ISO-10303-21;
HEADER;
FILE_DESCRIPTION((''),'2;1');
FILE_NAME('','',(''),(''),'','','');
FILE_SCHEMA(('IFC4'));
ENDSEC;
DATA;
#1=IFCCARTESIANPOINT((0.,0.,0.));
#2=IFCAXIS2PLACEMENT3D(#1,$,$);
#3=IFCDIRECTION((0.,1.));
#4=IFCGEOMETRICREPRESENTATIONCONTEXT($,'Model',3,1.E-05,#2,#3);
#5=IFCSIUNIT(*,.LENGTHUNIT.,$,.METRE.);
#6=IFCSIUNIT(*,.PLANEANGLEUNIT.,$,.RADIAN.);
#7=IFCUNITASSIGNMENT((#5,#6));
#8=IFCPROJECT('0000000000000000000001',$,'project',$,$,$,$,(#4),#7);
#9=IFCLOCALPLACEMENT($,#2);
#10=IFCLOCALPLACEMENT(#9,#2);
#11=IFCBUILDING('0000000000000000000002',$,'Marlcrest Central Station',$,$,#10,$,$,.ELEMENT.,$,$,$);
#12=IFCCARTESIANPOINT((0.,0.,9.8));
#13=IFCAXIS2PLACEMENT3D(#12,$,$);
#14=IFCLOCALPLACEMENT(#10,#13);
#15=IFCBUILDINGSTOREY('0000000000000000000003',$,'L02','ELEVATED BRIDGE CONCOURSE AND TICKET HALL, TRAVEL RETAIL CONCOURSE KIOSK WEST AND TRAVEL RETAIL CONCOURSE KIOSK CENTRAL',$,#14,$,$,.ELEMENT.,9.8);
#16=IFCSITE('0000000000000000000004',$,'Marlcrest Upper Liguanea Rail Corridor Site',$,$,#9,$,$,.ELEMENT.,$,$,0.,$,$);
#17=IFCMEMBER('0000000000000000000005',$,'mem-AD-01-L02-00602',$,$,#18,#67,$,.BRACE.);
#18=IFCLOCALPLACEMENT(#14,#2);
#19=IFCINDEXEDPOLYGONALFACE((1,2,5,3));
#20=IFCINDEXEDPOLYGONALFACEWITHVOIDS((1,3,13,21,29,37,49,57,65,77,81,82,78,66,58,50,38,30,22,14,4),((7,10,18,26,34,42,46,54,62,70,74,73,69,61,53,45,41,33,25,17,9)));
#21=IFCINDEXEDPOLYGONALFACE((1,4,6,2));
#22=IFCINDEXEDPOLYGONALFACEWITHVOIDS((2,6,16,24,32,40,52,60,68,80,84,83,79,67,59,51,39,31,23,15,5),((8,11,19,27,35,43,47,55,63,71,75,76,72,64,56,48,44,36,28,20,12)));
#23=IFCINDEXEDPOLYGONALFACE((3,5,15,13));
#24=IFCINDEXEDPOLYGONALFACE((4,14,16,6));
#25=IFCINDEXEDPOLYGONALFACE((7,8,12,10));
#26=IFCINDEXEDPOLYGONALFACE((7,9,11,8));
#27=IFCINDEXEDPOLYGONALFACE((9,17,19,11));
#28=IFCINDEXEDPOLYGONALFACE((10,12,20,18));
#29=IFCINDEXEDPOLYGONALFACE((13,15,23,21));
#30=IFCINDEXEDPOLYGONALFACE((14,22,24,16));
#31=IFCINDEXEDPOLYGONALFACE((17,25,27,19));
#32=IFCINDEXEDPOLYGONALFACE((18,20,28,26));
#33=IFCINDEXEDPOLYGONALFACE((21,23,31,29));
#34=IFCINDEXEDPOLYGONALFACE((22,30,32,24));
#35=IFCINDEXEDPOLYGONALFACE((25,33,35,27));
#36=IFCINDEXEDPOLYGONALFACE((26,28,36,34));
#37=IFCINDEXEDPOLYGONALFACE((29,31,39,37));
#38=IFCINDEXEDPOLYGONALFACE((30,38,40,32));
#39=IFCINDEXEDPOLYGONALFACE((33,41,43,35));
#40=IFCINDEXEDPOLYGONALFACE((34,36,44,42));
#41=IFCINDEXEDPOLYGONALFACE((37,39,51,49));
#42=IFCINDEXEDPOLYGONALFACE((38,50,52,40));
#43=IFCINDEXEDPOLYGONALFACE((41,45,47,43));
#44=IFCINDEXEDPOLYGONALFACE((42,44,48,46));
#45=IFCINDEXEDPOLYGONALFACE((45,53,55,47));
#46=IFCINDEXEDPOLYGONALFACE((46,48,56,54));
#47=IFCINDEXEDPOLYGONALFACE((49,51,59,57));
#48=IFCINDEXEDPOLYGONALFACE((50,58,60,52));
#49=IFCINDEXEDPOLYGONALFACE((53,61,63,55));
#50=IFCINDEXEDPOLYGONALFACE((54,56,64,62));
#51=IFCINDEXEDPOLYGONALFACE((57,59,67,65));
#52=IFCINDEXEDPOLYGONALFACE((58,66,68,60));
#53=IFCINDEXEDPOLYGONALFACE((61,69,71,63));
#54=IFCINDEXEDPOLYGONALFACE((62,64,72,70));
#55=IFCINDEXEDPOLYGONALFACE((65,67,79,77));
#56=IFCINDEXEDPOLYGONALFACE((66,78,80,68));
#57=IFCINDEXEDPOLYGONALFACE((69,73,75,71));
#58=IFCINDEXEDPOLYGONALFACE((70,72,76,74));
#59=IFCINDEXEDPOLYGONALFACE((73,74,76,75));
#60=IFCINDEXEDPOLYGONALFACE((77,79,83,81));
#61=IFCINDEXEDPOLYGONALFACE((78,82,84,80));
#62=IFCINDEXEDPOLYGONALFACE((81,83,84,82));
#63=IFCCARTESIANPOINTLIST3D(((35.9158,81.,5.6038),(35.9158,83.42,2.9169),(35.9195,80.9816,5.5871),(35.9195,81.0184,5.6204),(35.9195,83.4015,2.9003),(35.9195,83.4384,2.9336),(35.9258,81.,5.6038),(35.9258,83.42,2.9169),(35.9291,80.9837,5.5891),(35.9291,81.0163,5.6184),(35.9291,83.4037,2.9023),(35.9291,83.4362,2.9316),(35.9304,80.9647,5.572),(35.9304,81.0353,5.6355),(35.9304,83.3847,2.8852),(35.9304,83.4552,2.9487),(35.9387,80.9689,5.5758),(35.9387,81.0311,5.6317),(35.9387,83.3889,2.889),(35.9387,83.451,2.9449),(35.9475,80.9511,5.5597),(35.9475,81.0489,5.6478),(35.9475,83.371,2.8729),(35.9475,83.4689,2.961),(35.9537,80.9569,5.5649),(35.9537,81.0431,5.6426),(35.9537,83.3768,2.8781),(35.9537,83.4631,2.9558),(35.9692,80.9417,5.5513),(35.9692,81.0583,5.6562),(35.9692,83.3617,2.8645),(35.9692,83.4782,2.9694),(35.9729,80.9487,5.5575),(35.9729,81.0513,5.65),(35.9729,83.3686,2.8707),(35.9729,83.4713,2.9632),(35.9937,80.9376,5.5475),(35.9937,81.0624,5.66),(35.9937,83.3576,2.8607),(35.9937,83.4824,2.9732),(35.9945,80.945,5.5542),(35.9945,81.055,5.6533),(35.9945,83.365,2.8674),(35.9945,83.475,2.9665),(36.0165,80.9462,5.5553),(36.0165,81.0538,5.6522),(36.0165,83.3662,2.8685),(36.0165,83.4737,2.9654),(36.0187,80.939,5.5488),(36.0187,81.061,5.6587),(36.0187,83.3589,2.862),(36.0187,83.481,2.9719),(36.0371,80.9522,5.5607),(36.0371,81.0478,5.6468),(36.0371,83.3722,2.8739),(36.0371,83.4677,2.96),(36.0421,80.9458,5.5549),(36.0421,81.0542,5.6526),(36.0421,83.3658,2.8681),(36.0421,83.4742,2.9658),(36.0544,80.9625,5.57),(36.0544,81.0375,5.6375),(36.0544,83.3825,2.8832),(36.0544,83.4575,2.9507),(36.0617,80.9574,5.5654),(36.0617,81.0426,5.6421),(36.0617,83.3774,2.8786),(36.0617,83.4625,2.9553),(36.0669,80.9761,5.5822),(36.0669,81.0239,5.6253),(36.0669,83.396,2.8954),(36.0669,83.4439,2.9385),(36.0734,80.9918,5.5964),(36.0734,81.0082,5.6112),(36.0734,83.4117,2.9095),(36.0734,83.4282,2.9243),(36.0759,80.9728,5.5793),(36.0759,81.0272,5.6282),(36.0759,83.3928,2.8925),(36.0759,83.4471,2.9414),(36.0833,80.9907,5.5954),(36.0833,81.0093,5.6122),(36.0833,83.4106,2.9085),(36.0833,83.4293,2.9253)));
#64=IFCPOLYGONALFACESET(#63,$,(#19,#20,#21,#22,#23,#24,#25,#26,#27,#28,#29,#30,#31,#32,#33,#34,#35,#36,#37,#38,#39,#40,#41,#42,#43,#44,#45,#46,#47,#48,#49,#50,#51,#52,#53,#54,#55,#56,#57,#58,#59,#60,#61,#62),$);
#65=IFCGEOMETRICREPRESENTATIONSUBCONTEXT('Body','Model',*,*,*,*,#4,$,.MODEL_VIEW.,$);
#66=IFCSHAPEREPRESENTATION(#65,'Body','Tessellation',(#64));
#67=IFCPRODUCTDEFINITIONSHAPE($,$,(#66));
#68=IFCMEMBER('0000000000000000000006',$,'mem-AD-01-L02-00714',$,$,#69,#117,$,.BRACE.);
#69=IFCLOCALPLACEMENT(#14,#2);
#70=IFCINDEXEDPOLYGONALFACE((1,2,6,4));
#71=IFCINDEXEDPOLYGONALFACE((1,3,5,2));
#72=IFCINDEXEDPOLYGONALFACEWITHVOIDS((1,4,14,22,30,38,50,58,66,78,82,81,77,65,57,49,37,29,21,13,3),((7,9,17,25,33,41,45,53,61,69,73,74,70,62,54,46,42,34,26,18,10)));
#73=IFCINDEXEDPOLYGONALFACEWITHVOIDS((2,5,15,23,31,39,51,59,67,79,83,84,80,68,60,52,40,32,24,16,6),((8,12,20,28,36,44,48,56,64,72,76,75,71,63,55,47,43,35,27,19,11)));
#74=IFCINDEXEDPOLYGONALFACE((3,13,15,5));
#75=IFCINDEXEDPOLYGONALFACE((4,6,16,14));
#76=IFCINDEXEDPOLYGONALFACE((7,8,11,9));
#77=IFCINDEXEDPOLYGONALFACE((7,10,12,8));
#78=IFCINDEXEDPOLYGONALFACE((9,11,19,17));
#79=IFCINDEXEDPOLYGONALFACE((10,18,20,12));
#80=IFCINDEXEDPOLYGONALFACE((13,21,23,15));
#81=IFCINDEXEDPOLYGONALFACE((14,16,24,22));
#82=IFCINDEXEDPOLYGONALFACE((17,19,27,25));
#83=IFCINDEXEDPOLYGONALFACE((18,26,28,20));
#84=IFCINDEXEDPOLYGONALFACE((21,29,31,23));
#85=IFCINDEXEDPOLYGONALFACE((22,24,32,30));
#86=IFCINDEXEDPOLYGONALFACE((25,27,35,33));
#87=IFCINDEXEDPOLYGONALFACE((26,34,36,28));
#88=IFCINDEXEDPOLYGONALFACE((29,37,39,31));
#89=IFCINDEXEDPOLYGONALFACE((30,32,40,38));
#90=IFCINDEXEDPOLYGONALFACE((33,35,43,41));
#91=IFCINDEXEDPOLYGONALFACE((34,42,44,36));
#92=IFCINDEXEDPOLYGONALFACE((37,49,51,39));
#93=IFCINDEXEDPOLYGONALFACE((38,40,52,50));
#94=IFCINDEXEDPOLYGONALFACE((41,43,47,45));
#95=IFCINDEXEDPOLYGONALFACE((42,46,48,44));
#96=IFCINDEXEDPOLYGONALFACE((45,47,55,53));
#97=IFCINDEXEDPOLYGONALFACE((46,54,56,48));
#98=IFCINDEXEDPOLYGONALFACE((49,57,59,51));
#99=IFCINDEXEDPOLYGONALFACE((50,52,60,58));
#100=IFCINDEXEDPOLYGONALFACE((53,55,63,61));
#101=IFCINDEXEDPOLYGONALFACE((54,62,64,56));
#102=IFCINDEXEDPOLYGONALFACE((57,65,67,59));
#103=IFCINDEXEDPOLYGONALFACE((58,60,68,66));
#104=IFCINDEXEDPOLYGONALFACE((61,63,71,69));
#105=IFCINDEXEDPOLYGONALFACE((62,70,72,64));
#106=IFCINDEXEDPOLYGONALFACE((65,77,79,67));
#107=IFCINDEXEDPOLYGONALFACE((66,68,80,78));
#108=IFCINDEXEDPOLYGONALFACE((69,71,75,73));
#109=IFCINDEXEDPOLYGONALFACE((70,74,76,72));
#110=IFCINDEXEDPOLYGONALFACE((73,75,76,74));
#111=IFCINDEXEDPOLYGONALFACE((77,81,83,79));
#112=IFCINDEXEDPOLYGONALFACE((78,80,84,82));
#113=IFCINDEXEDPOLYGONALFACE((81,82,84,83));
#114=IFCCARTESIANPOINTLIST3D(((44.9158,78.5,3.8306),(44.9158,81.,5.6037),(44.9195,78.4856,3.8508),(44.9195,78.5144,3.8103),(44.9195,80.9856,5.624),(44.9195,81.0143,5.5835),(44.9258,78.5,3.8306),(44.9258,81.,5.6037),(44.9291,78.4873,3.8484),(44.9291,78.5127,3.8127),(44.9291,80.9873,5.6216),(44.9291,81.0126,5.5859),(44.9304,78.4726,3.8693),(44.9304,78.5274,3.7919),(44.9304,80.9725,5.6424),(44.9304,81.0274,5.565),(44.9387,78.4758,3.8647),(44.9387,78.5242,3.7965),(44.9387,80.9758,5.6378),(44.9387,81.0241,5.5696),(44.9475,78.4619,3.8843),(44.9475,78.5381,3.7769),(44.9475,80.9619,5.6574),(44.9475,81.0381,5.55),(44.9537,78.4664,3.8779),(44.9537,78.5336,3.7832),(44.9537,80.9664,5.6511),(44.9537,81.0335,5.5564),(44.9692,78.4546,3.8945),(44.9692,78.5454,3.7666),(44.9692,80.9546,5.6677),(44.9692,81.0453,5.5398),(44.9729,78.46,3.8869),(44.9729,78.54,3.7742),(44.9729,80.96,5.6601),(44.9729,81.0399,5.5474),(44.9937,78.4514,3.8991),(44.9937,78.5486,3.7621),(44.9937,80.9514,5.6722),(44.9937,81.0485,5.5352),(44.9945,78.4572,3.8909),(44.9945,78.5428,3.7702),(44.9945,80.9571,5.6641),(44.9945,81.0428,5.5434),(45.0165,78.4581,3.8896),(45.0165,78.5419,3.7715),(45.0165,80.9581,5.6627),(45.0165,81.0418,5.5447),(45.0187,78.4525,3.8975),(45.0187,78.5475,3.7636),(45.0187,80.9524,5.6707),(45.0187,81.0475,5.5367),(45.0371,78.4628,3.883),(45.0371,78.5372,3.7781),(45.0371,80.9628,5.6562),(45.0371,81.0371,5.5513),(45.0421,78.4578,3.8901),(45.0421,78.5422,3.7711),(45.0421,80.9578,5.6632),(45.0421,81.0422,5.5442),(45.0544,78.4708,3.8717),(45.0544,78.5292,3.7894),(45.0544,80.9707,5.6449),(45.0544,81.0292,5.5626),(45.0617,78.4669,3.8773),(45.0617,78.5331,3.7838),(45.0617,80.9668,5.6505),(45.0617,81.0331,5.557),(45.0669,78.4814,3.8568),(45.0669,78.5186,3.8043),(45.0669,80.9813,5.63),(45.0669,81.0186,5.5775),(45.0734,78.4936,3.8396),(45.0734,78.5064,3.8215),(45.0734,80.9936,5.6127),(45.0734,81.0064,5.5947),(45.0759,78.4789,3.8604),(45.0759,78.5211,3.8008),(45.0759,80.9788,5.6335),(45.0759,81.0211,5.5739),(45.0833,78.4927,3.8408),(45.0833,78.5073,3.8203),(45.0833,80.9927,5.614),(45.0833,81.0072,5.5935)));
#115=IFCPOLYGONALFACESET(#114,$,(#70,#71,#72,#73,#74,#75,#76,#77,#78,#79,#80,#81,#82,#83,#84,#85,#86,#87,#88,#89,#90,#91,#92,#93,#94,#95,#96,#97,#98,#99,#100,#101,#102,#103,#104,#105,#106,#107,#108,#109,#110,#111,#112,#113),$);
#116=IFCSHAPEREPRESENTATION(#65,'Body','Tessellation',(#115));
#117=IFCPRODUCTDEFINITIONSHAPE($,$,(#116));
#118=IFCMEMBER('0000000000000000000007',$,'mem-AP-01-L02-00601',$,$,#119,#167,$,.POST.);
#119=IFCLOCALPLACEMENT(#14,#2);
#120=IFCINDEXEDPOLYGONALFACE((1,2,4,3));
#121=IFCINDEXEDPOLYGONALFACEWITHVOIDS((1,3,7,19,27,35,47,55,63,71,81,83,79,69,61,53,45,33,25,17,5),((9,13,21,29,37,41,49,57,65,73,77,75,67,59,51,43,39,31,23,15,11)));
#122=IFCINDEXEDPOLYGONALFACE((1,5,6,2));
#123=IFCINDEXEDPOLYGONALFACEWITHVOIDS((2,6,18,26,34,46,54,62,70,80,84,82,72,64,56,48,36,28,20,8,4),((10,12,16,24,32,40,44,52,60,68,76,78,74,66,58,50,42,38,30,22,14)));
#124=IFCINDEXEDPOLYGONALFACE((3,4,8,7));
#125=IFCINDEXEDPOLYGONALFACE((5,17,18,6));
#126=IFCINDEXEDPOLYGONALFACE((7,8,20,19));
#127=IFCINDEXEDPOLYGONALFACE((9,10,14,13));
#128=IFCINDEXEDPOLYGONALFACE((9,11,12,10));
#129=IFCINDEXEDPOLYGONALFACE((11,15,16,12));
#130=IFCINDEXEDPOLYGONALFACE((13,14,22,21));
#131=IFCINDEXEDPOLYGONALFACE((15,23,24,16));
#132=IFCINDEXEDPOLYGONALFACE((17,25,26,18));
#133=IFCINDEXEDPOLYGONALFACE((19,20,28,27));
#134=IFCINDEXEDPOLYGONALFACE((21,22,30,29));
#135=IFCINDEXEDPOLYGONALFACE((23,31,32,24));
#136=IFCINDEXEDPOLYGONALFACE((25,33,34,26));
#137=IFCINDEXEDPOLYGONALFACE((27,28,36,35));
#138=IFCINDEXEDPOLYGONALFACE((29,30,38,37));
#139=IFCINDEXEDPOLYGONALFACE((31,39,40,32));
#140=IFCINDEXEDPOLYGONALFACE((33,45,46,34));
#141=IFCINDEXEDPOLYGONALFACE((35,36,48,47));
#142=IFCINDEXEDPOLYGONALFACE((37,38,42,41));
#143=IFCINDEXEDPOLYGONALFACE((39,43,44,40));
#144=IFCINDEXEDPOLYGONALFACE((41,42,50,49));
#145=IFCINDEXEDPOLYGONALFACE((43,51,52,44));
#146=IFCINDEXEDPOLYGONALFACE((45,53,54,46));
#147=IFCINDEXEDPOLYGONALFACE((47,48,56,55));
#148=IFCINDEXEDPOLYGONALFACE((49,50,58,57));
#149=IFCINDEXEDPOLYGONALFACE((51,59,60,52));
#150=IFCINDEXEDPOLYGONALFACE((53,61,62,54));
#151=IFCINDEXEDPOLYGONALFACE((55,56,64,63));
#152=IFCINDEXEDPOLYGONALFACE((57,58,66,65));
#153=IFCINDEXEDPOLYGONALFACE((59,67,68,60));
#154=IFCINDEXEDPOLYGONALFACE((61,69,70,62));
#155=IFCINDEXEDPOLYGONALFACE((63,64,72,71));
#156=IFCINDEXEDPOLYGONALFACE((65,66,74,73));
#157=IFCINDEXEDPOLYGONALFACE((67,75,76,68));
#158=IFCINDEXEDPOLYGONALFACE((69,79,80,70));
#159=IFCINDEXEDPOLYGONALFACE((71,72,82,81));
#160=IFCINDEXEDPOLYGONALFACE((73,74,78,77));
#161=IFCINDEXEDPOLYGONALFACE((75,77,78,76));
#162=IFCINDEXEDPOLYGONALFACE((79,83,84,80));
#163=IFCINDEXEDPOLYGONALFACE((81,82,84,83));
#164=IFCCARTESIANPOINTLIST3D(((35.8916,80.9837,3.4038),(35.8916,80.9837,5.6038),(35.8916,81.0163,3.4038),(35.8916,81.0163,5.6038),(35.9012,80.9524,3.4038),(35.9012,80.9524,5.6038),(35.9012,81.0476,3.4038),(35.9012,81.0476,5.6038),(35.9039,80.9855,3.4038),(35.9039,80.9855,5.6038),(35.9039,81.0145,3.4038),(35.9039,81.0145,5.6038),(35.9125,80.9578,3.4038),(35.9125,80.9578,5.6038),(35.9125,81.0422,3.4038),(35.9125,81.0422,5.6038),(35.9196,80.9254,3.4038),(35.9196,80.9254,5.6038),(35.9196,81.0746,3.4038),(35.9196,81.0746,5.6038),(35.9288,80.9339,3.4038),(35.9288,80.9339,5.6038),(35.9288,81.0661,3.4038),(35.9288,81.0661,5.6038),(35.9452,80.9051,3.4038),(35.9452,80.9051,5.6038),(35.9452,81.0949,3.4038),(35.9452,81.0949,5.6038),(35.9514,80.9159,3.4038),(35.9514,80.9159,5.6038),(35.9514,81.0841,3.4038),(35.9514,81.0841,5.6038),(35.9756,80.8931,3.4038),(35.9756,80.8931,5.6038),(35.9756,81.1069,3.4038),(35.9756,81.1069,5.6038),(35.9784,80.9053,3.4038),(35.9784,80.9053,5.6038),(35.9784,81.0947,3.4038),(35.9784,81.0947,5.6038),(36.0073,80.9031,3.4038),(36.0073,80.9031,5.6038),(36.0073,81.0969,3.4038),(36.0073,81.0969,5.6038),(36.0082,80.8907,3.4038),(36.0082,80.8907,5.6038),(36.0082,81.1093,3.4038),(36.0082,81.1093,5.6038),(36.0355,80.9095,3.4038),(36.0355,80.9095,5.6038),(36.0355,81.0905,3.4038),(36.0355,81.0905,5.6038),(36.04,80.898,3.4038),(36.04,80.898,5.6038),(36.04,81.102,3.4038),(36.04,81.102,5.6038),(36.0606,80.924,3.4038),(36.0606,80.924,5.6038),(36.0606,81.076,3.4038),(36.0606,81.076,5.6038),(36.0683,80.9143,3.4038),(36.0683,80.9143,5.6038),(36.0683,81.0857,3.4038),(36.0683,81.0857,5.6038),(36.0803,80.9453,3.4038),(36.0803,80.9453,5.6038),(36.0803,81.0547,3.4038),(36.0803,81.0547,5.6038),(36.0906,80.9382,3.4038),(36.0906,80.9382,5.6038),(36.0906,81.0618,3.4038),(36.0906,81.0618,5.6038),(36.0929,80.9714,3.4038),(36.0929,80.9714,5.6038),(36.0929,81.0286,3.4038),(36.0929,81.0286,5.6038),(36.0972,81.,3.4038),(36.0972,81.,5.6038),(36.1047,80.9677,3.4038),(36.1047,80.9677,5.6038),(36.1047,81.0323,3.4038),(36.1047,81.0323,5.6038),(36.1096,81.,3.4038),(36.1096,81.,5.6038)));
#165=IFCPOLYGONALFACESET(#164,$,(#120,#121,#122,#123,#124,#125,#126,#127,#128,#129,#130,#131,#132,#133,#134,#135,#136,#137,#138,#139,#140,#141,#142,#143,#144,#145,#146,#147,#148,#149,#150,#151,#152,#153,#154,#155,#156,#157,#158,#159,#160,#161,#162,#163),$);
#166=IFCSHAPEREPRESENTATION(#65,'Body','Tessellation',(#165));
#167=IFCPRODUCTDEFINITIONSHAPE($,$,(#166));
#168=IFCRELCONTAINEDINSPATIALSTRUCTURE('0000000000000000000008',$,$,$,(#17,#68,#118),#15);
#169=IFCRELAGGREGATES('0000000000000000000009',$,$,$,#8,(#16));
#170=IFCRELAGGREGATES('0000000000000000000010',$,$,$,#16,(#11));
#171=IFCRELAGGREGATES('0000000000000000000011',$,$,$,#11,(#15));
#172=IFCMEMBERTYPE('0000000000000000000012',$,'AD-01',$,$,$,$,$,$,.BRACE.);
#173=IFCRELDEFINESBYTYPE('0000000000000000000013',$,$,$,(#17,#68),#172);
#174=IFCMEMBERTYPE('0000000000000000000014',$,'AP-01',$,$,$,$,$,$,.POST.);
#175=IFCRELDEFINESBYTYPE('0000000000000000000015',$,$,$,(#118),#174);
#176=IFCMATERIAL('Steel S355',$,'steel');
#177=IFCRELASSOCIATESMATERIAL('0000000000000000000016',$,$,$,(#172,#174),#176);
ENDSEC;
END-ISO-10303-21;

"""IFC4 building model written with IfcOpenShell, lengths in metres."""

from ifc_helpers import new_model, si_unit, direction, frame, origin, origin_2d, place, context, subcontext, project, spatial, hollow_circle, extrude, material, material_profile, profile_set, type_object, element, save


model = new_model("IFC4")

# Units and contexts
model_context = context("Model", 3, precision=1e-05, world=origin(), true_north=direction((0.0, 1.0)))
body_context = subcontext(model_context, "Body", "Model", "MODEL_VIEW")
ifc_project = project(units=[si_unit("LENGTHUNIT", "METRE"), si_unit("PLANEANGLEUNIT", "RADIAN")], contexts=[model_context])

# Site, building, storey
site_placement = place(None, origin())
site = spatial("IfcSite", under=ifc_project, at=site_placement, Name="Marlcrest Upper Liguanea Rail Corridor Site", CompositionType="ELEMENT", RefElevation=0.0)
building_placement = place(site_placement, origin())
building = spatial("IfcBuilding", under=site, at=building_placement, Name="Marlcrest Central Station", CompositionType="ELEMENT")
storey_placement = place(building_placement, frame((0.0, 0.0, 9.8)))
storey = spatial("IfcBuildingStorey", under=building, at=storey_placement, Name="L02", Description="ELEVATED BRIDGE CONCOURSE AND TICKET HALL, TRAVEL RETAIL CONCOURSE KIOSK WEST AND TRAVEL RETAIL CONCOURSE KIOSK CENTRAL", CompositionType="ELEMENT", Elevation=9.8)

# Members
ifc_material_1 = material(Name="Steel S355", Category="steel")
ifc_material_profile_1 = material_profile(ifc_material_1, hollow_circle(Radius=0.0842, WallThickness=0.01, at=origin_2d()), Name="CHS 168.3x10")
ifc_profile_set_1 = profile_set([ifc_material_profile_1], Name="Steel S355")
member_type_1 = type_object("IfcMemberType", Name="AD-01", PredefinedType="BRACE", material=ifc_profile_set_1)
member_1_placement = place(storey_placement, frame((36.0, 81.0, 5.6038), z_axis=(0.0, 0.669244, -0.743042), x_axis=(-1.0, 0.0, 0.0)))
element("IfcMember", 1, at=member_1_placement, inside=storey, type_object=member_type_1, Name="mem-AD-01-L02-00602", PredefinedType="BRACE", context=body_context, shape_type="SweptSolid", body=[
    extrude(hollow_circle(Radius=0.0842, WallThickness=0.01, at=origin_2d()), origin(), (0.0, 0.0, 1.0), 3.616),
])
member_2_placement = place(storey_placement, frame((45.0, 78.5, 3.8306), z_axis=(0.0, 0.815661, 0.57853), x_axis=(-1.0, 0.0, 0.0)))
element("IfcMember", 2, at=member_2_placement, inside=storey, type_object=member_type_1, Name="mem-AD-01-L02-00714", PredefinedType="BRACE", context=body_context, shape_type="SweptSolid", body=[
    extrude(hollow_circle(Radius=0.0842, WallThickness=0.01, at=origin_2d()), origin(), (0.0, 0.0, 1.0), 3.0649),
])
ifc_material_profile_2 = material_profile(ifc_material_1, hollow_circle(Radius=0.1096, WallThickness=0.0125, at=origin_2d()), Name="CHS 219.1x12.5")
ifc_profile_set_2 = profile_set([ifc_material_profile_2], Name="Steel S355")
member_type_2 = type_object("IfcMemberType", Name="AP-01", PredefinedType="POST", material=ifc_profile_set_2)
for number, where, z_axis, x_axis, name in (
    (3, (36.0, 81.0, 3.4038), (0.0, 0.0, 1.0), (1.0, 0.0, 0.0), "mem-AP-01-L02-00601"),
):
    element("IfcMember", number, at=place(storey_placement, frame(where, z_axis=z_axis, x_axis=x_axis)), inside=storey, type_object=member_type_2, Name=name, PredefinedType="POST", context=body_context, shape_type="SweptSolid", body=[
        extrude(hollow_circle(Radius=0.1096, WallThickness=0.0125, at=origin_2d()), origin(), (0.0, 0.0, 1.0), 2.2),
    ])

save(model, "model.ifc")
